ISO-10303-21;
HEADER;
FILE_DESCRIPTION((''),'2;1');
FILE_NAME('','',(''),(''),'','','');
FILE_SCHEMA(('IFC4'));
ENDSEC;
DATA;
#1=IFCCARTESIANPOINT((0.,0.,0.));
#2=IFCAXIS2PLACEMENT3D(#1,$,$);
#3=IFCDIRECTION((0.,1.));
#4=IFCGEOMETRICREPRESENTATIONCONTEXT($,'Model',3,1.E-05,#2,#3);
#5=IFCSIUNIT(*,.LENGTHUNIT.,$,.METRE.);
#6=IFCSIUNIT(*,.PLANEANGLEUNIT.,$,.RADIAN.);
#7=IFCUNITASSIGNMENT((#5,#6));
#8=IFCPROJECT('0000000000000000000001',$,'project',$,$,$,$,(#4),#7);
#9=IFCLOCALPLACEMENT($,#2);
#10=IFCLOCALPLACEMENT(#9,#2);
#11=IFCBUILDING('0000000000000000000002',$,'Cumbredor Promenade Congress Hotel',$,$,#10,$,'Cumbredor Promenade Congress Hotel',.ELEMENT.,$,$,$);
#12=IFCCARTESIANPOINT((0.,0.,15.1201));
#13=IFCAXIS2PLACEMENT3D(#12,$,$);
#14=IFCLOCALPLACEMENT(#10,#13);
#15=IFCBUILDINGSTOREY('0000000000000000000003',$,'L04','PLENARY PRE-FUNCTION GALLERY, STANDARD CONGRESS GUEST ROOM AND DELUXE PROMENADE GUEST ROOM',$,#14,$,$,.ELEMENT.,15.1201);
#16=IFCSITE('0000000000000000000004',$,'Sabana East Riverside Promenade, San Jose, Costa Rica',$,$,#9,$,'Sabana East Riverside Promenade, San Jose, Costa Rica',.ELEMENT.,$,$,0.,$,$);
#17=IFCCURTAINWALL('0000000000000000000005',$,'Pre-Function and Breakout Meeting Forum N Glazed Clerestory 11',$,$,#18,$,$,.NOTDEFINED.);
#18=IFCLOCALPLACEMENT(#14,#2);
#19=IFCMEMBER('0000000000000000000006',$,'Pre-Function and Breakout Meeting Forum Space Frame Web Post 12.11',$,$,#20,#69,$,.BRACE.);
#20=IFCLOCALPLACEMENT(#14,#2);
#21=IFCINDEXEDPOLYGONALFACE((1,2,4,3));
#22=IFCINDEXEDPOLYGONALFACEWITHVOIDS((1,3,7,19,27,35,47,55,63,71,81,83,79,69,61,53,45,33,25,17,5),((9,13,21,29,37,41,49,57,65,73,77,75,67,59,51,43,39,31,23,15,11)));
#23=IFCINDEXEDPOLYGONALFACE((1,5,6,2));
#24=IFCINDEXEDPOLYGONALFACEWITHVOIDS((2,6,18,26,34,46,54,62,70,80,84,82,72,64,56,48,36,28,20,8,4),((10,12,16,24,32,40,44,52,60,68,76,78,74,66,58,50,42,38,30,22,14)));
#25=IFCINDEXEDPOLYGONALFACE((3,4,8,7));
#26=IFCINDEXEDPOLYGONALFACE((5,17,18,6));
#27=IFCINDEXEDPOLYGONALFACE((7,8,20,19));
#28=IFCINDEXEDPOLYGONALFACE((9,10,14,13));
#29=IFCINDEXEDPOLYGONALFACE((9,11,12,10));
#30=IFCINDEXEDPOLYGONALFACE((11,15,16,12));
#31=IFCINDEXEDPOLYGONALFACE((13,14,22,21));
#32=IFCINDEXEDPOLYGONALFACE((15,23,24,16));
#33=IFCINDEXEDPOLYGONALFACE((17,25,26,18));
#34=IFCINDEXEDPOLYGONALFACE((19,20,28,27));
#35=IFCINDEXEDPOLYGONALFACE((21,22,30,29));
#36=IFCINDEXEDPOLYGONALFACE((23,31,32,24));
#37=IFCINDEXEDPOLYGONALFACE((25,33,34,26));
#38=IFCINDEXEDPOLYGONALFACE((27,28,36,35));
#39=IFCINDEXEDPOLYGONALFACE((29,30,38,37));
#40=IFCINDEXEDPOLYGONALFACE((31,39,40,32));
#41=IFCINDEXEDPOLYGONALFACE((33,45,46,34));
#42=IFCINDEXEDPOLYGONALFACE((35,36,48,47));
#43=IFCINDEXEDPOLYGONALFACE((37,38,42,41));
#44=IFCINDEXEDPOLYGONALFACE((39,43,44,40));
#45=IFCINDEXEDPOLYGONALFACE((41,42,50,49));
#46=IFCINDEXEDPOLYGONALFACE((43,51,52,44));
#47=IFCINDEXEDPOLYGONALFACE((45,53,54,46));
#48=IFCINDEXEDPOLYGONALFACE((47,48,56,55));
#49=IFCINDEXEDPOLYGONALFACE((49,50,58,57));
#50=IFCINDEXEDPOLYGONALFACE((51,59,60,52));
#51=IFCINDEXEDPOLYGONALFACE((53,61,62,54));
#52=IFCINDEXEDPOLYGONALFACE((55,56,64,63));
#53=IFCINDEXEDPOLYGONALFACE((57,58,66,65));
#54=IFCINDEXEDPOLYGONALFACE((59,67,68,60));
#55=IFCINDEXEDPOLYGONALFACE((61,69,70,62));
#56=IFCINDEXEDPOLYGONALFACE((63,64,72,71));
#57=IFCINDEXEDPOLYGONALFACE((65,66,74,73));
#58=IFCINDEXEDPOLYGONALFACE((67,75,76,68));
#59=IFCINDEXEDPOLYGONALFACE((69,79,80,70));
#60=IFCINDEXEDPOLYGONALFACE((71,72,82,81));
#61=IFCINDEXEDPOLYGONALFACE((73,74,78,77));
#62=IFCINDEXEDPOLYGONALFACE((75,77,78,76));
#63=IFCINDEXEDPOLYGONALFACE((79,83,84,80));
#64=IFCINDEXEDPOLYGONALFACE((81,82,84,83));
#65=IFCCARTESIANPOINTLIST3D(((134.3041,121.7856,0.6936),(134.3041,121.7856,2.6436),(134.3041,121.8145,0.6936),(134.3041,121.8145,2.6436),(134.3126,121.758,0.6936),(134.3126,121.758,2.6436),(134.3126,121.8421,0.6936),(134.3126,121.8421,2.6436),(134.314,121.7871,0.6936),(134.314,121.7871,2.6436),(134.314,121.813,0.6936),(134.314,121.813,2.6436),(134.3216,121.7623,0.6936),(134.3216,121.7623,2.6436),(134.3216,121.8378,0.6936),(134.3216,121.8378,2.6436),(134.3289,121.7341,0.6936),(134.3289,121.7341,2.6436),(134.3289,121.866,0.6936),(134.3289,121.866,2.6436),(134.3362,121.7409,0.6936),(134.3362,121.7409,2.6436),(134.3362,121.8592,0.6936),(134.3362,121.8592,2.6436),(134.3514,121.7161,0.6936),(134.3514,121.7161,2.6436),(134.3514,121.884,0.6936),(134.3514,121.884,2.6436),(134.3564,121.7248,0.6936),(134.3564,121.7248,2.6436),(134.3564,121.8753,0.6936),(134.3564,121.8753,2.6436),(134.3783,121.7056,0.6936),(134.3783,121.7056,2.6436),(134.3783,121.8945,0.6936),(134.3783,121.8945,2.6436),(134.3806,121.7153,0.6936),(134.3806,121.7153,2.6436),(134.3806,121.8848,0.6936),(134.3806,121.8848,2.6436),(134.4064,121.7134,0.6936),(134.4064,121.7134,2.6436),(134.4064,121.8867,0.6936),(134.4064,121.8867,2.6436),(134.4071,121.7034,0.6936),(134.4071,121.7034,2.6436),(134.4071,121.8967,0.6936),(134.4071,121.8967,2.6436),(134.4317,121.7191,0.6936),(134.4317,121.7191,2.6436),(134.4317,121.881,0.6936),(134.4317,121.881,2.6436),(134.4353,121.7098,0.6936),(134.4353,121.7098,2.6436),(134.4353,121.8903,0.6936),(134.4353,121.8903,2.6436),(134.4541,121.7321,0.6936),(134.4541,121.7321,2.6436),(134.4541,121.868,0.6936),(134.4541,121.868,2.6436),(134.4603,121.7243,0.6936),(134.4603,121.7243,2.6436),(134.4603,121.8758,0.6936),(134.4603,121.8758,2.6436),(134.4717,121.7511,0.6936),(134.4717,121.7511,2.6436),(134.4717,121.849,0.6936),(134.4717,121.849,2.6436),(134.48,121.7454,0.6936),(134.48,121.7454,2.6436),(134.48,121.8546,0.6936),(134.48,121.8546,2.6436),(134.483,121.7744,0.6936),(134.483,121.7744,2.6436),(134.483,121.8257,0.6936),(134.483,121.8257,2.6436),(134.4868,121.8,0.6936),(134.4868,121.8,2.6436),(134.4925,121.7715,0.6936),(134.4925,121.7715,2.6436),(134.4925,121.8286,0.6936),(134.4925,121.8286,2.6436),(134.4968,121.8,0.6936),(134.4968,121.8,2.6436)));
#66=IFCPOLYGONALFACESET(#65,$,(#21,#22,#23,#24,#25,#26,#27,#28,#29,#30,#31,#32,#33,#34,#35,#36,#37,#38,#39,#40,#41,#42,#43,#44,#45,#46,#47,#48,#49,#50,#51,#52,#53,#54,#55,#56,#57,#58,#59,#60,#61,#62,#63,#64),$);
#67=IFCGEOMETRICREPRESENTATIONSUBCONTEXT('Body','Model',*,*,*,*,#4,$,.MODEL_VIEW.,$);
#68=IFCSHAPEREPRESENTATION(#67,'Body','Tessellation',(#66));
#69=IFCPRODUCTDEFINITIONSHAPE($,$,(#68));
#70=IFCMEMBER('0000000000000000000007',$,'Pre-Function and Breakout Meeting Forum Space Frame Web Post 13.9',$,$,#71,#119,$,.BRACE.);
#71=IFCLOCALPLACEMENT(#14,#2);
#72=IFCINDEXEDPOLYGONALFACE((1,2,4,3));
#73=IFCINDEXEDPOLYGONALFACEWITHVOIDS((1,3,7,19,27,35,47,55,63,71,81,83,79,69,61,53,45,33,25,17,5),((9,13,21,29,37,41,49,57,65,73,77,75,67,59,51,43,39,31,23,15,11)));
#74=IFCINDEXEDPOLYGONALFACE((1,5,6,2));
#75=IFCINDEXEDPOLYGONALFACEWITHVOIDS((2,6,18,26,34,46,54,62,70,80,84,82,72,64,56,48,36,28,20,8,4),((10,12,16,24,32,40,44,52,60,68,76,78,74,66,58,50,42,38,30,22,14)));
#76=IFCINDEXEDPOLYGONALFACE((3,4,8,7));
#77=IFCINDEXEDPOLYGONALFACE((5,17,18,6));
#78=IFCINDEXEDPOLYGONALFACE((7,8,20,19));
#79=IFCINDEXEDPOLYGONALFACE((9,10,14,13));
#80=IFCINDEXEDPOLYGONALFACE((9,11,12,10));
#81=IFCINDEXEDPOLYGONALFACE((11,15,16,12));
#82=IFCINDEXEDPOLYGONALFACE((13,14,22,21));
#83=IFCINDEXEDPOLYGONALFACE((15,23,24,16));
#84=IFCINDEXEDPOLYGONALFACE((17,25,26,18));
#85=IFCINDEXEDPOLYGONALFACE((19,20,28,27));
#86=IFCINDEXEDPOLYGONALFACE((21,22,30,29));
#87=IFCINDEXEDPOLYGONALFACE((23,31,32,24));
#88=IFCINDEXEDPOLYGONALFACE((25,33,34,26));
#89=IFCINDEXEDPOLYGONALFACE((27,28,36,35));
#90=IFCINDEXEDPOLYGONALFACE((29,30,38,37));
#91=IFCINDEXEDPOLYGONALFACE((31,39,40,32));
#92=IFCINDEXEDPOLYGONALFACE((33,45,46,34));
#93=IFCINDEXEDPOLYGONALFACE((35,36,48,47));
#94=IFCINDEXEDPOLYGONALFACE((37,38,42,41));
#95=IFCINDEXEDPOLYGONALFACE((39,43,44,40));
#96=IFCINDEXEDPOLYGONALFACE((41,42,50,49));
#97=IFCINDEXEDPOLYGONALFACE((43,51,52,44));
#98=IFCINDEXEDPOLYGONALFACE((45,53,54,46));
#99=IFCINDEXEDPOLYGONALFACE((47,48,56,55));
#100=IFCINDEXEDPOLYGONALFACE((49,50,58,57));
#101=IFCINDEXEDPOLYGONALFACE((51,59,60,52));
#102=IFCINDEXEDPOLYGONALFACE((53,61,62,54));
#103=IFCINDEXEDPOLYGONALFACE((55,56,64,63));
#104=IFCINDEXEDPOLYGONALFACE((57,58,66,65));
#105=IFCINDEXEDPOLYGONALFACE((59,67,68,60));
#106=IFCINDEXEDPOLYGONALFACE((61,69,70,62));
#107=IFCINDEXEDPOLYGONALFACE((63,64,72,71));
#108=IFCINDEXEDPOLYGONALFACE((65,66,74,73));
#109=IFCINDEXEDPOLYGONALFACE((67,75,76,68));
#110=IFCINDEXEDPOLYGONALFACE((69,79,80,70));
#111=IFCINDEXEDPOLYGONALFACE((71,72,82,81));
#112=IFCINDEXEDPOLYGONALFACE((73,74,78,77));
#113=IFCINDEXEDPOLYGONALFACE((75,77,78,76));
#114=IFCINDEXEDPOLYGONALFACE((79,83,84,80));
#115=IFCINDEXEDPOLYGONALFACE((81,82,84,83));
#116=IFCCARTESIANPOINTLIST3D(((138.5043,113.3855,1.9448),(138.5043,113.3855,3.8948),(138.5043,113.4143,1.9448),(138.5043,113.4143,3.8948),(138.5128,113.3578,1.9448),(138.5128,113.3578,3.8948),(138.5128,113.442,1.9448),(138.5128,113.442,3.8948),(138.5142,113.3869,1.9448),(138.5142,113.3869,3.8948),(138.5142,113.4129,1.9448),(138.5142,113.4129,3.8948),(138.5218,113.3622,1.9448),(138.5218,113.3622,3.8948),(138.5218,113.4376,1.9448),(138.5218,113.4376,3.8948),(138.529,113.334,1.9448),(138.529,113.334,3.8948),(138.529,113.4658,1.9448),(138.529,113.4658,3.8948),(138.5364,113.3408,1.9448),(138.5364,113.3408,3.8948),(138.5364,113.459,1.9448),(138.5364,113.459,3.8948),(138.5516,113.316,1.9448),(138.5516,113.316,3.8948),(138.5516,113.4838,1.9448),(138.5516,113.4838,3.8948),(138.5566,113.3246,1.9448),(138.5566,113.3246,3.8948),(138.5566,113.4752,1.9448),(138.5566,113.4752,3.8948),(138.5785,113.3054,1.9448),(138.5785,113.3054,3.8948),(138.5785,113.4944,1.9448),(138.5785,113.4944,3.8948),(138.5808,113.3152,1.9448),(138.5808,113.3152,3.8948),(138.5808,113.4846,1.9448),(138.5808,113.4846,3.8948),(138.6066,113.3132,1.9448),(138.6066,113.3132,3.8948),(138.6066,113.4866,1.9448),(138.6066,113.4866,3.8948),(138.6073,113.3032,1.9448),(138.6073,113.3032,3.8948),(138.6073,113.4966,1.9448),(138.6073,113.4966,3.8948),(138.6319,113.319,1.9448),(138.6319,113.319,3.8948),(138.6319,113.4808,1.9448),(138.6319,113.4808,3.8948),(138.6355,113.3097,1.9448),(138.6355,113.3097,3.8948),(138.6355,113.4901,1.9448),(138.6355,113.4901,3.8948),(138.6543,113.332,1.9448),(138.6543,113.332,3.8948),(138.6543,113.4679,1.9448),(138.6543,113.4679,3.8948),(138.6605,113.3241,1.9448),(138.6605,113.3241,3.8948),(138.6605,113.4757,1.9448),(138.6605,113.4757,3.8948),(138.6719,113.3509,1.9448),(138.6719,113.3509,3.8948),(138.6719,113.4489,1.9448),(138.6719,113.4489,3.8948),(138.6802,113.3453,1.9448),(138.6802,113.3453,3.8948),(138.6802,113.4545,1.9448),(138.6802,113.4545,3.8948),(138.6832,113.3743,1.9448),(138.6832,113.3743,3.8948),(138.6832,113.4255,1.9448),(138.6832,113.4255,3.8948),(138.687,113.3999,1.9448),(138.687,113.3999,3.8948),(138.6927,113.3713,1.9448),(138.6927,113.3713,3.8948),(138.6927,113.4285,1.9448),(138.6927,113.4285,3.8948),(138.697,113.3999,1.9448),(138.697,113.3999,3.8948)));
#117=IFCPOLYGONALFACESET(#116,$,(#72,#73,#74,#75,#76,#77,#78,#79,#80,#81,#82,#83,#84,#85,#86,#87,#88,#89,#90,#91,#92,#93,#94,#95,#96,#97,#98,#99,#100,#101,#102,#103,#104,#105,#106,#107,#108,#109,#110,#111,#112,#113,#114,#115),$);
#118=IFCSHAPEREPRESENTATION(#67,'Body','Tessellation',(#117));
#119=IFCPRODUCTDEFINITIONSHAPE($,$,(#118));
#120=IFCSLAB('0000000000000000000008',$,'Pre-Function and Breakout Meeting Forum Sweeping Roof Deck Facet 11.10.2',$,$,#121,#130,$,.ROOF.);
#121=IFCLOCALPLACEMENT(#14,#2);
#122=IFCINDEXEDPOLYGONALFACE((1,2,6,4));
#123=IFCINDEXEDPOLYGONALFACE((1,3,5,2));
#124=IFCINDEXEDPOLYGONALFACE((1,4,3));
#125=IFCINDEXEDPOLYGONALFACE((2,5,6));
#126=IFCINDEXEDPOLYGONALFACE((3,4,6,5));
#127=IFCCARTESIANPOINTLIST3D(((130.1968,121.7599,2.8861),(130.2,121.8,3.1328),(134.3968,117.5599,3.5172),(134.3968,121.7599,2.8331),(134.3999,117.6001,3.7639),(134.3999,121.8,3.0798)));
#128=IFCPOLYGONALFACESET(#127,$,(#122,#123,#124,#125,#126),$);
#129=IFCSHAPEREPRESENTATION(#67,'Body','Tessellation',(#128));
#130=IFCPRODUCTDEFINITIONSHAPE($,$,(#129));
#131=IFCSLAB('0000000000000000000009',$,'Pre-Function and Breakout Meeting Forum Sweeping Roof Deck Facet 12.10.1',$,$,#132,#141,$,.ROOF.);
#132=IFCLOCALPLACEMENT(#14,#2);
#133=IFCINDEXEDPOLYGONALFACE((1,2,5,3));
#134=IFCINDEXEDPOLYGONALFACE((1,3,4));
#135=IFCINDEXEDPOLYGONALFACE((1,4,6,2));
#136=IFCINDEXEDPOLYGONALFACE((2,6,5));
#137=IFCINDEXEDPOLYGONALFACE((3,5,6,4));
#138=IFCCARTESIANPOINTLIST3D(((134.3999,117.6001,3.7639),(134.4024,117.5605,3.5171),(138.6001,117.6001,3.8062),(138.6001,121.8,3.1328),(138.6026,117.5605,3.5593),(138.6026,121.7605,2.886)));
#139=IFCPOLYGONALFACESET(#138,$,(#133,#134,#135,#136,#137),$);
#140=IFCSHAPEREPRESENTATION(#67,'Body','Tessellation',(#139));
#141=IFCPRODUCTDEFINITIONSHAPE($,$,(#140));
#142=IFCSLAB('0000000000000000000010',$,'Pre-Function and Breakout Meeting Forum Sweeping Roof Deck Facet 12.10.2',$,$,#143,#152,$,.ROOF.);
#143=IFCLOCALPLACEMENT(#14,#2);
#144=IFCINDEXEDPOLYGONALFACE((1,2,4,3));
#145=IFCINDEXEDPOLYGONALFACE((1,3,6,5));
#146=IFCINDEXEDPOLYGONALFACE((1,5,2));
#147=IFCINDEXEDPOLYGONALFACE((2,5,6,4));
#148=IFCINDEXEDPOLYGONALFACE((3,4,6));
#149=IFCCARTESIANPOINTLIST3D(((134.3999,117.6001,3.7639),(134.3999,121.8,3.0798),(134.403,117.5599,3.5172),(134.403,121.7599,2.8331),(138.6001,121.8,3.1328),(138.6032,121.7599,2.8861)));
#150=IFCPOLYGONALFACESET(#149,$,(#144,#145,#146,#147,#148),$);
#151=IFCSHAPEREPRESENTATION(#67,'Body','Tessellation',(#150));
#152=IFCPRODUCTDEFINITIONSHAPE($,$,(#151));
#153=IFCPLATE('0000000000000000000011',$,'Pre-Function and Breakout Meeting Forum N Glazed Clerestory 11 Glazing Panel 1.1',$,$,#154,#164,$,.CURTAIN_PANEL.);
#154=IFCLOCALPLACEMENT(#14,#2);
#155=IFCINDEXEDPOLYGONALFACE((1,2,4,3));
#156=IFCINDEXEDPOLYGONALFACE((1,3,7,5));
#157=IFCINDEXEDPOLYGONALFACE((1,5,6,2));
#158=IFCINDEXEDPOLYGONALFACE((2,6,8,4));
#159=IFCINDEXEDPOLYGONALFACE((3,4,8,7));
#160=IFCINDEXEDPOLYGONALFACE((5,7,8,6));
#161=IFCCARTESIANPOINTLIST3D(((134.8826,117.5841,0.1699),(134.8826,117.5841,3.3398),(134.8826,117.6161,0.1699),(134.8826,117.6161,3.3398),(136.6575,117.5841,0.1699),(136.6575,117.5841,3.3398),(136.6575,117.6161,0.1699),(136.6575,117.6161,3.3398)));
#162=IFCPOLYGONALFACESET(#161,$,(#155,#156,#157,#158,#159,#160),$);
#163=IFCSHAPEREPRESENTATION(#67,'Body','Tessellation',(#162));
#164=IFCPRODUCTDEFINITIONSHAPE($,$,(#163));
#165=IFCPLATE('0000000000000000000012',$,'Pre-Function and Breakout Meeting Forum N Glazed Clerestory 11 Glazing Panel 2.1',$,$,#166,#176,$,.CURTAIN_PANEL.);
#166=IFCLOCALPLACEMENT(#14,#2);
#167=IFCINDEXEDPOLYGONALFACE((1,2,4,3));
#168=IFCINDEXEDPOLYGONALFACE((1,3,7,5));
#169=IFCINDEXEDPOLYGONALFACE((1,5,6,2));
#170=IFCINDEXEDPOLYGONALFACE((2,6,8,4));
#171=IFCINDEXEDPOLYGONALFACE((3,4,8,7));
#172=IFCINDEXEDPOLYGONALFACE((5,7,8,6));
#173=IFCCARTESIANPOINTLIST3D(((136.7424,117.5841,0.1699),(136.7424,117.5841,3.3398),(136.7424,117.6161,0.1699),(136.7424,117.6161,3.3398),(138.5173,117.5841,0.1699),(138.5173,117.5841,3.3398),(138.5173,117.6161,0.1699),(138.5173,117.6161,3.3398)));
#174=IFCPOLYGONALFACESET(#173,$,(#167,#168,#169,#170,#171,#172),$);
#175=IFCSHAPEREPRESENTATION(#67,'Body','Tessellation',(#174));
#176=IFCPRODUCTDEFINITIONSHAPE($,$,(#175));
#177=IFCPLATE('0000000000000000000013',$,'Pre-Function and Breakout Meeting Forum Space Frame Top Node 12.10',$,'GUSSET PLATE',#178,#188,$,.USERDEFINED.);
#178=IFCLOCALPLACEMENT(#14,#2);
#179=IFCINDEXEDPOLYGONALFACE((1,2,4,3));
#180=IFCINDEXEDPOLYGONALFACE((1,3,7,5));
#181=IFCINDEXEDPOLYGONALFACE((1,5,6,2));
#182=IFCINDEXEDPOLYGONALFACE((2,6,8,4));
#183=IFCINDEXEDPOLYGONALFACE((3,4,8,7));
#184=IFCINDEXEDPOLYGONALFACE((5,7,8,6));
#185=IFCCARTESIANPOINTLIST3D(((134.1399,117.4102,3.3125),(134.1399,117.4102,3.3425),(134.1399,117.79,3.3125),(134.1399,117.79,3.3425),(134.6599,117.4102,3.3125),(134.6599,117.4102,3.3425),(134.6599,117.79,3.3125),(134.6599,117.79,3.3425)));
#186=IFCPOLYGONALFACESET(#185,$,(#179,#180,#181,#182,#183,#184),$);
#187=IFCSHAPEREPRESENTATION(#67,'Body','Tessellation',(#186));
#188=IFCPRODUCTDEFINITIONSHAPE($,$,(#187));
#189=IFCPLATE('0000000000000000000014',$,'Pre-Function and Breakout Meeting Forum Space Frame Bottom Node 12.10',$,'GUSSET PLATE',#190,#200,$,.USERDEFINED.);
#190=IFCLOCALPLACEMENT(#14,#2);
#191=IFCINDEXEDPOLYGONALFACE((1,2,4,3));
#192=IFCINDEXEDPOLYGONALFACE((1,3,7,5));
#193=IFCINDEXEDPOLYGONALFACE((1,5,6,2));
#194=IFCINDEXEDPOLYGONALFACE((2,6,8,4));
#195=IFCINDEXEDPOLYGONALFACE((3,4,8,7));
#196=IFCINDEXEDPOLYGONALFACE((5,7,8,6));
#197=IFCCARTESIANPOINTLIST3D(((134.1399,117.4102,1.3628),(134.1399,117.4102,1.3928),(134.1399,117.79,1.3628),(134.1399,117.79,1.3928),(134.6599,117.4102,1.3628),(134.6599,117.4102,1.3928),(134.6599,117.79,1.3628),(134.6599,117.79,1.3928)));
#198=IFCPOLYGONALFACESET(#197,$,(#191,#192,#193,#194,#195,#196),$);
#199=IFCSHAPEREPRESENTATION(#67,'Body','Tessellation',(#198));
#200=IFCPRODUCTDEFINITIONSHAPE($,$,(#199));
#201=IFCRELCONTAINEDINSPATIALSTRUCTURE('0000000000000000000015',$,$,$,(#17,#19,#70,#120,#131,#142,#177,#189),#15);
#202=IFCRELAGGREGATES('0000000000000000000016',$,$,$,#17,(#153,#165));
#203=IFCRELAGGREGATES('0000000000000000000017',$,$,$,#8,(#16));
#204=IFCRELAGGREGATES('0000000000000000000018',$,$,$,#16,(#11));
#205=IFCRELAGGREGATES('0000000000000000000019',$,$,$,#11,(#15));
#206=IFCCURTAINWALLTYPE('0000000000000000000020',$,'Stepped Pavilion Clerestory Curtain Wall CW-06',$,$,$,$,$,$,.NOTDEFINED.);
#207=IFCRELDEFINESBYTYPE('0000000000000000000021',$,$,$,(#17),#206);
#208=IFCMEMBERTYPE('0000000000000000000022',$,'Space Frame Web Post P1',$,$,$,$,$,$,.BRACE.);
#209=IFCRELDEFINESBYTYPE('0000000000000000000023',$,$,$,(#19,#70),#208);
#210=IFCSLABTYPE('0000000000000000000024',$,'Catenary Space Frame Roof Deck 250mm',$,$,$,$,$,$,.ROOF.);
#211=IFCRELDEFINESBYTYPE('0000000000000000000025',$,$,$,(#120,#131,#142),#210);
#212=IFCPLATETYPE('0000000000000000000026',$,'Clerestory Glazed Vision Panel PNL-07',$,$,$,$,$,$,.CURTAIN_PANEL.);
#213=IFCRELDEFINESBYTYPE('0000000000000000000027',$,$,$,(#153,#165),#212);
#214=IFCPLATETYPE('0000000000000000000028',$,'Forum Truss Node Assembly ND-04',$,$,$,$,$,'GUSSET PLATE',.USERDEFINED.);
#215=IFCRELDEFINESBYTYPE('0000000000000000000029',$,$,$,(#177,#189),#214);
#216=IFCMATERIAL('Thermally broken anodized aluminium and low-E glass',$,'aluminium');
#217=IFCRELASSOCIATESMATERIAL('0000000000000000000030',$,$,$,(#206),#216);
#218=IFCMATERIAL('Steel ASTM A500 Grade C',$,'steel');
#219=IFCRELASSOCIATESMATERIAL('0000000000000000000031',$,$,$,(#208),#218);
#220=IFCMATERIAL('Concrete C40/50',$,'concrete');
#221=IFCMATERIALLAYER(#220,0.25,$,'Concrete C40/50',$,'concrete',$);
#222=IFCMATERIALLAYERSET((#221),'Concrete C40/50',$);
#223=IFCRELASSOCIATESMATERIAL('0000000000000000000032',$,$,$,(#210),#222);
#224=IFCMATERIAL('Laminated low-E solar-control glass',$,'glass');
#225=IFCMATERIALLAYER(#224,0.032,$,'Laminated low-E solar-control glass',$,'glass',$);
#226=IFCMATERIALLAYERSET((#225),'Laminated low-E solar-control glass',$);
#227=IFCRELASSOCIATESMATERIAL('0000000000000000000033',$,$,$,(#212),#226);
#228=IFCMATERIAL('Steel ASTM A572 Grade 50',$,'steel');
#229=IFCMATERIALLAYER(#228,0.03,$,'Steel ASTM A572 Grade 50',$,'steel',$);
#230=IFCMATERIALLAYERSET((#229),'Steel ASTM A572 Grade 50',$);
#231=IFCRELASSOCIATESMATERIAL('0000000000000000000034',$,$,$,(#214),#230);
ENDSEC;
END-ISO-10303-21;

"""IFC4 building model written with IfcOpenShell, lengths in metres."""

from ifc_helpers import new_model, si_unit, direction, frame, origin, origin_2d, place, context, subcontext, project, spatial, polyline, rectangle, hollow_circle, outline, extrude, material, layer, layer_set, material_profile, profile_set, type_object, element, aggregate, save


model = new_model("IFC4")

# Units and contexts
model_context = context("Model", 3, precision=1e-05, world=origin(), true_north=direction((0.0, 1.0)))
body_context = subcontext(model_context, "Body", "Model", "MODEL_VIEW")
ifc_project = project(units=[si_unit("LENGTHUNIT", "METRE"), si_unit("PLANEANGLEUNIT", "RADIAN")], contexts=[model_context])

# Site, building, storey
site_placement = place(None, origin())
site = spatial("IfcSite", under=ifc_project, at=site_placement, Name="Sabana East Riverside Promenade, San Jose, Costa Rica", LongName="Sabana East Riverside Promenade, San Jose, Costa Rica", CompositionType="ELEMENT", RefElevation=0.0)
building_placement = place(site_placement, origin())
building = spatial("IfcBuilding", under=site, at=building_placement, Name="Cumbredor Promenade Congress Hotel", LongName="Cumbredor Promenade Congress Hotel", CompositionType="ELEMENT")
storey_placement = place(building_placement, frame((0.0, 0.0, 15.1201)))
storey = spatial("IfcBuildingStorey", under=building, at=storey_placement, Name="L04", Description="PLENARY PRE-FUNCTION GALLERY, STANDARD CONGRESS GUEST ROOM AND DELUXE PROMENADE GUEST ROOM", CompositionType="ELEMENT", Elevation=15.1201)

# Curtain wall
ifc_material_1 = material(Name="Thermally broken anodized aluminium and low-E glass", Category="aluminium")
curtain_wall_type = type_object("IfcCurtainWallType", Name="Stepped Pavilion Clerestory Curtain Wall CW-06", PredefinedType="NOTDEFINED", material=ifc_material_1)
curtain_wall_placement = place(storey_placement, origin())
curtain_wall = element("IfcCurtainWall", 1, at=curtain_wall_placement, inside=storey, type_object=curtain_wall_type, Name="Pre-Function and Breakout Meeting Forum N Glazed Clerestory 11", PredefinedType="NOTDEFINED")

# Members
ifc_material_2 = material(Name="Steel ASTM A500 Grade C", Category="steel")
ifc_material_profile_1 = material_profile(ifc_material_2, hollow_circle(Radius=0.0969, WallThickness=0.01, at=origin_2d()), Name="CHS 193.7x10")
ifc_profile_set_1 = profile_set([ifc_material_profile_1], Name="Steel ASTM A500 Grade C")
member_type_1 = type_object("IfcMemberType", Name="Space Frame Web Post P1", PredefinedType="BRACE", material=ifc_profile_set_1)
for number, where, z_axis, x_axis, name in (
    (2, (134.3999, 121.8, 0.6936), (0.0, 0.0, 1.0), (1.0, 0.0, 0.0), "Pre-Function and Breakout Meeting Forum Space Frame Web Post 12.11"),
    (3, (138.6001, 113.3999, 1.9448), (0.0, 0.0, 1.0), (1.0, 0.0, 0.0), "Pre-Function and Breakout Meeting Forum Space Frame Web Post 13.9"),
):
    element("IfcMember", number, at=place(storey_placement, frame(where, z_axis=z_axis, x_axis=x_axis)), inside=storey, type_object=member_type_1, Name=name, PredefinedType="BRACE", context=body_context, shape_type="SweptSolid", body=[
        extrude(hollow_circle(Radius=0.0969, WallThickness=0.01, at=origin_2d()), origin(), (0.0, 0.0, 1.0), 1.95),
    ])

# Slabs
ifc_material_3 = material(Name="Concrete C40/50", Category="concrete")
ifc_layer_1 = layer(ifc_material_3, 0.25, Name="Concrete C40/50", Category="concrete")
ifc_layer_set_1 = layer_set([ifc_layer_1], Name="Concrete C40/50")
slab_type = type_object("IfcSlabType", Name="Catenary Space Frame Roof Deck 250mm", PredefinedType="ROOF", material=ifc_layer_set_1)
slab_1_placement = place(storey_placement, frame((134.3999, 117.6001, 3.7639), z_axis=(0.012449, 0.160748, 0.986917), x_axis=(0.0, 0.986994, -0.16076)))
element("IfcSlab", 4, at=slab_1_placement, inside=storey, type_object=slab_type, Name="Pre-Function and Breakout Meeting Forum Sweeping Roof Deck Facet 11.10.2", PredefinedType="ROOF", context=body_context, shape_type="SweptSolid", body=[
    extrude(outline(polyline([(0.0, 0.0), (4.2553, 0.0), (4.2468, 4.2003), (0.0, 0.0)])), origin(), (0.0, 0.0, -1.0), 0.25),
])
slab_2_placement = place(storey_placement, frame((134.3999, 117.6001, 3.7639), z_axis=(-0.009929, 0.158292, 0.987342), x_axis=(0.999949, 0.0, 0.010055)))
element("IfcSlab", 5, at=slab_2_placement, inside=storey, type_object=slab_type, Name="Pre-Function and Breakout Meeting Forum Sweeping Roof Deck Facet 12.10.1", PredefinedType="ROOF", context=body_context, shape_type="SweptSolid", body=[
    extrude(outline(polyline([(0.0, 0.0), (4.2004, 0.0), (4.1936, 4.2536), (0.0, 0.0)])), origin(), (0.0, 0.0, -1.0), 0.25),
])
slab_3_placement = place(storey_placement, frame((134.3999, 117.6001, 3.7639), z_axis=(-0.012448, 0.160748, 0.986917), x_axis=(0.703169, 0.703129, -0.105655)))
element("IfcSlab", 6, at=slab_3_placement, inside=storey, type_object=slab_type, Name="Pre-Function and Breakout Meeting Forum Sweeping Roof Deck Facet 12.10.2", PredefinedType="ROOF", context=body_context, shape_type="SweptSolid", body=[
    extrude(outline(polyline([(0.0, 0.0), (5.9732, 0.0), (3.0254, 2.9924), (0.0, 0.0)])), origin(), (0.0, 0.0, -1.0), 0.25),
])

# Plates
ifc_material_4 = material(Name="Laminated low-E solar-control glass", Category="glass")
ifc_layer_2 = layer(ifc_material_4, 0.032, Name="Laminated low-E solar-control glass", Category="glass")
ifc_layer_set_2 = layer_set([ifc_layer_2], Name="Laminated low-E solar-control glass")
plate_type_1 = type_object("IfcPlateType", Name="Clerestory Glazed Vision Panel PNL-07", PredefinedType="CURTAIN_PANEL", material=ifc_layer_set_2)
plate_1_placement = place(storey_placement, frame((135.77, 117.6001, 0.1699), z_axis=(0.0, 0.0, 1.0), x_axis=(1.0, 0.0, 0.0)))
plate_1 = element("IfcPlate", 7, at=plate_1_placement, type_object=plate_type_1, Name="Pre-Function and Breakout Meeting Forum N Glazed Clerestory 11 Glazing Panel 1.1", PredefinedType="CURTAIN_PANEL", context=body_context, shape_type="SweptSolid", body=[
    extrude(rectangle(XDim=1.7749, YDim=0.032, at=origin_2d()), origin(), (0.0, 0.0, 1.0), 3.1699),
])
plate_2_placement = place(storey_placement, frame((137.6299, 117.6001, 0.1699), z_axis=(0.0, 0.0, 1.0), x_axis=(1.0, 0.0, 0.0)))
plate_2 = element("IfcPlate", 8, at=plate_2_placement, type_object=plate_type_1, Name="Pre-Function and Breakout Meeting Forum N Glazed Clerestory 11 Glazing Panel 2.1", PredefinedType="CURTAIN_PANEL", context=body_context, shape_type="SweptSolid", body=[
    extrude(rectangle(XDim=1.7749, YDim=0.032, at=origin_2d()), origin(), (0.0, 0.0, 1.0), 3.1699),
])
aggregate(curtain_wall, [plate_1, plate_2])

# Plates
ifc_material_5 = material(Name="Steel ASTM A572 Grade 50", Category="steel")
ifc_layer_3 = layer(ifc_material_5, 0.03, Name="Steel ASTM A572 Grade 50", Category="steel")
ifc_layer_set_3 = layer_set([ifc_layer_3], Name="Steel ASTM A572 Grade 50")
plate_type_2 = type_object("IfcPlateType", Name="Forum Truss Node Assembly ND-04", ElementType="GUSSET PLATE", PredefinedType="USERDEFINED", material=ifc_layer_set_3)
for number, where, z_axis, x_axis, name in (
    (9, (134.3999, 117.6001, 3.3125), (0.0, 0.0, 1.0), (1.0, 0.0, 0.0), "Pre-Function and Breakout Meeting Forum Space Frame Top Node 12.10"),
    (10, (134.3999, 117.6001, 1.3628), (0.0, 0.0, 1.0), (1.0, 0.0, 0.0), "Pre-Function and Breakout Meeting Forum Space Frame Bottom Node 12.10"),
):
    element("IfcPlate", number, at=place(storey_placement, frame(where, z_axis=z_axis, x_axis=x_axis)), inside=storey, type_object=plate_type_2, Name=name, ObjectType="GUSSET PLATE", PredefinedType="USERDEFINED", context=body_context, shape_type="SweptSolid", body=[
        extrude(rectangle(XDim=0.52, YDim=0.3799, at=origin_2d()), origin(), (0.0, 0.0, 1.0), 0.03),
    ])

save(model, "model.ifc")
